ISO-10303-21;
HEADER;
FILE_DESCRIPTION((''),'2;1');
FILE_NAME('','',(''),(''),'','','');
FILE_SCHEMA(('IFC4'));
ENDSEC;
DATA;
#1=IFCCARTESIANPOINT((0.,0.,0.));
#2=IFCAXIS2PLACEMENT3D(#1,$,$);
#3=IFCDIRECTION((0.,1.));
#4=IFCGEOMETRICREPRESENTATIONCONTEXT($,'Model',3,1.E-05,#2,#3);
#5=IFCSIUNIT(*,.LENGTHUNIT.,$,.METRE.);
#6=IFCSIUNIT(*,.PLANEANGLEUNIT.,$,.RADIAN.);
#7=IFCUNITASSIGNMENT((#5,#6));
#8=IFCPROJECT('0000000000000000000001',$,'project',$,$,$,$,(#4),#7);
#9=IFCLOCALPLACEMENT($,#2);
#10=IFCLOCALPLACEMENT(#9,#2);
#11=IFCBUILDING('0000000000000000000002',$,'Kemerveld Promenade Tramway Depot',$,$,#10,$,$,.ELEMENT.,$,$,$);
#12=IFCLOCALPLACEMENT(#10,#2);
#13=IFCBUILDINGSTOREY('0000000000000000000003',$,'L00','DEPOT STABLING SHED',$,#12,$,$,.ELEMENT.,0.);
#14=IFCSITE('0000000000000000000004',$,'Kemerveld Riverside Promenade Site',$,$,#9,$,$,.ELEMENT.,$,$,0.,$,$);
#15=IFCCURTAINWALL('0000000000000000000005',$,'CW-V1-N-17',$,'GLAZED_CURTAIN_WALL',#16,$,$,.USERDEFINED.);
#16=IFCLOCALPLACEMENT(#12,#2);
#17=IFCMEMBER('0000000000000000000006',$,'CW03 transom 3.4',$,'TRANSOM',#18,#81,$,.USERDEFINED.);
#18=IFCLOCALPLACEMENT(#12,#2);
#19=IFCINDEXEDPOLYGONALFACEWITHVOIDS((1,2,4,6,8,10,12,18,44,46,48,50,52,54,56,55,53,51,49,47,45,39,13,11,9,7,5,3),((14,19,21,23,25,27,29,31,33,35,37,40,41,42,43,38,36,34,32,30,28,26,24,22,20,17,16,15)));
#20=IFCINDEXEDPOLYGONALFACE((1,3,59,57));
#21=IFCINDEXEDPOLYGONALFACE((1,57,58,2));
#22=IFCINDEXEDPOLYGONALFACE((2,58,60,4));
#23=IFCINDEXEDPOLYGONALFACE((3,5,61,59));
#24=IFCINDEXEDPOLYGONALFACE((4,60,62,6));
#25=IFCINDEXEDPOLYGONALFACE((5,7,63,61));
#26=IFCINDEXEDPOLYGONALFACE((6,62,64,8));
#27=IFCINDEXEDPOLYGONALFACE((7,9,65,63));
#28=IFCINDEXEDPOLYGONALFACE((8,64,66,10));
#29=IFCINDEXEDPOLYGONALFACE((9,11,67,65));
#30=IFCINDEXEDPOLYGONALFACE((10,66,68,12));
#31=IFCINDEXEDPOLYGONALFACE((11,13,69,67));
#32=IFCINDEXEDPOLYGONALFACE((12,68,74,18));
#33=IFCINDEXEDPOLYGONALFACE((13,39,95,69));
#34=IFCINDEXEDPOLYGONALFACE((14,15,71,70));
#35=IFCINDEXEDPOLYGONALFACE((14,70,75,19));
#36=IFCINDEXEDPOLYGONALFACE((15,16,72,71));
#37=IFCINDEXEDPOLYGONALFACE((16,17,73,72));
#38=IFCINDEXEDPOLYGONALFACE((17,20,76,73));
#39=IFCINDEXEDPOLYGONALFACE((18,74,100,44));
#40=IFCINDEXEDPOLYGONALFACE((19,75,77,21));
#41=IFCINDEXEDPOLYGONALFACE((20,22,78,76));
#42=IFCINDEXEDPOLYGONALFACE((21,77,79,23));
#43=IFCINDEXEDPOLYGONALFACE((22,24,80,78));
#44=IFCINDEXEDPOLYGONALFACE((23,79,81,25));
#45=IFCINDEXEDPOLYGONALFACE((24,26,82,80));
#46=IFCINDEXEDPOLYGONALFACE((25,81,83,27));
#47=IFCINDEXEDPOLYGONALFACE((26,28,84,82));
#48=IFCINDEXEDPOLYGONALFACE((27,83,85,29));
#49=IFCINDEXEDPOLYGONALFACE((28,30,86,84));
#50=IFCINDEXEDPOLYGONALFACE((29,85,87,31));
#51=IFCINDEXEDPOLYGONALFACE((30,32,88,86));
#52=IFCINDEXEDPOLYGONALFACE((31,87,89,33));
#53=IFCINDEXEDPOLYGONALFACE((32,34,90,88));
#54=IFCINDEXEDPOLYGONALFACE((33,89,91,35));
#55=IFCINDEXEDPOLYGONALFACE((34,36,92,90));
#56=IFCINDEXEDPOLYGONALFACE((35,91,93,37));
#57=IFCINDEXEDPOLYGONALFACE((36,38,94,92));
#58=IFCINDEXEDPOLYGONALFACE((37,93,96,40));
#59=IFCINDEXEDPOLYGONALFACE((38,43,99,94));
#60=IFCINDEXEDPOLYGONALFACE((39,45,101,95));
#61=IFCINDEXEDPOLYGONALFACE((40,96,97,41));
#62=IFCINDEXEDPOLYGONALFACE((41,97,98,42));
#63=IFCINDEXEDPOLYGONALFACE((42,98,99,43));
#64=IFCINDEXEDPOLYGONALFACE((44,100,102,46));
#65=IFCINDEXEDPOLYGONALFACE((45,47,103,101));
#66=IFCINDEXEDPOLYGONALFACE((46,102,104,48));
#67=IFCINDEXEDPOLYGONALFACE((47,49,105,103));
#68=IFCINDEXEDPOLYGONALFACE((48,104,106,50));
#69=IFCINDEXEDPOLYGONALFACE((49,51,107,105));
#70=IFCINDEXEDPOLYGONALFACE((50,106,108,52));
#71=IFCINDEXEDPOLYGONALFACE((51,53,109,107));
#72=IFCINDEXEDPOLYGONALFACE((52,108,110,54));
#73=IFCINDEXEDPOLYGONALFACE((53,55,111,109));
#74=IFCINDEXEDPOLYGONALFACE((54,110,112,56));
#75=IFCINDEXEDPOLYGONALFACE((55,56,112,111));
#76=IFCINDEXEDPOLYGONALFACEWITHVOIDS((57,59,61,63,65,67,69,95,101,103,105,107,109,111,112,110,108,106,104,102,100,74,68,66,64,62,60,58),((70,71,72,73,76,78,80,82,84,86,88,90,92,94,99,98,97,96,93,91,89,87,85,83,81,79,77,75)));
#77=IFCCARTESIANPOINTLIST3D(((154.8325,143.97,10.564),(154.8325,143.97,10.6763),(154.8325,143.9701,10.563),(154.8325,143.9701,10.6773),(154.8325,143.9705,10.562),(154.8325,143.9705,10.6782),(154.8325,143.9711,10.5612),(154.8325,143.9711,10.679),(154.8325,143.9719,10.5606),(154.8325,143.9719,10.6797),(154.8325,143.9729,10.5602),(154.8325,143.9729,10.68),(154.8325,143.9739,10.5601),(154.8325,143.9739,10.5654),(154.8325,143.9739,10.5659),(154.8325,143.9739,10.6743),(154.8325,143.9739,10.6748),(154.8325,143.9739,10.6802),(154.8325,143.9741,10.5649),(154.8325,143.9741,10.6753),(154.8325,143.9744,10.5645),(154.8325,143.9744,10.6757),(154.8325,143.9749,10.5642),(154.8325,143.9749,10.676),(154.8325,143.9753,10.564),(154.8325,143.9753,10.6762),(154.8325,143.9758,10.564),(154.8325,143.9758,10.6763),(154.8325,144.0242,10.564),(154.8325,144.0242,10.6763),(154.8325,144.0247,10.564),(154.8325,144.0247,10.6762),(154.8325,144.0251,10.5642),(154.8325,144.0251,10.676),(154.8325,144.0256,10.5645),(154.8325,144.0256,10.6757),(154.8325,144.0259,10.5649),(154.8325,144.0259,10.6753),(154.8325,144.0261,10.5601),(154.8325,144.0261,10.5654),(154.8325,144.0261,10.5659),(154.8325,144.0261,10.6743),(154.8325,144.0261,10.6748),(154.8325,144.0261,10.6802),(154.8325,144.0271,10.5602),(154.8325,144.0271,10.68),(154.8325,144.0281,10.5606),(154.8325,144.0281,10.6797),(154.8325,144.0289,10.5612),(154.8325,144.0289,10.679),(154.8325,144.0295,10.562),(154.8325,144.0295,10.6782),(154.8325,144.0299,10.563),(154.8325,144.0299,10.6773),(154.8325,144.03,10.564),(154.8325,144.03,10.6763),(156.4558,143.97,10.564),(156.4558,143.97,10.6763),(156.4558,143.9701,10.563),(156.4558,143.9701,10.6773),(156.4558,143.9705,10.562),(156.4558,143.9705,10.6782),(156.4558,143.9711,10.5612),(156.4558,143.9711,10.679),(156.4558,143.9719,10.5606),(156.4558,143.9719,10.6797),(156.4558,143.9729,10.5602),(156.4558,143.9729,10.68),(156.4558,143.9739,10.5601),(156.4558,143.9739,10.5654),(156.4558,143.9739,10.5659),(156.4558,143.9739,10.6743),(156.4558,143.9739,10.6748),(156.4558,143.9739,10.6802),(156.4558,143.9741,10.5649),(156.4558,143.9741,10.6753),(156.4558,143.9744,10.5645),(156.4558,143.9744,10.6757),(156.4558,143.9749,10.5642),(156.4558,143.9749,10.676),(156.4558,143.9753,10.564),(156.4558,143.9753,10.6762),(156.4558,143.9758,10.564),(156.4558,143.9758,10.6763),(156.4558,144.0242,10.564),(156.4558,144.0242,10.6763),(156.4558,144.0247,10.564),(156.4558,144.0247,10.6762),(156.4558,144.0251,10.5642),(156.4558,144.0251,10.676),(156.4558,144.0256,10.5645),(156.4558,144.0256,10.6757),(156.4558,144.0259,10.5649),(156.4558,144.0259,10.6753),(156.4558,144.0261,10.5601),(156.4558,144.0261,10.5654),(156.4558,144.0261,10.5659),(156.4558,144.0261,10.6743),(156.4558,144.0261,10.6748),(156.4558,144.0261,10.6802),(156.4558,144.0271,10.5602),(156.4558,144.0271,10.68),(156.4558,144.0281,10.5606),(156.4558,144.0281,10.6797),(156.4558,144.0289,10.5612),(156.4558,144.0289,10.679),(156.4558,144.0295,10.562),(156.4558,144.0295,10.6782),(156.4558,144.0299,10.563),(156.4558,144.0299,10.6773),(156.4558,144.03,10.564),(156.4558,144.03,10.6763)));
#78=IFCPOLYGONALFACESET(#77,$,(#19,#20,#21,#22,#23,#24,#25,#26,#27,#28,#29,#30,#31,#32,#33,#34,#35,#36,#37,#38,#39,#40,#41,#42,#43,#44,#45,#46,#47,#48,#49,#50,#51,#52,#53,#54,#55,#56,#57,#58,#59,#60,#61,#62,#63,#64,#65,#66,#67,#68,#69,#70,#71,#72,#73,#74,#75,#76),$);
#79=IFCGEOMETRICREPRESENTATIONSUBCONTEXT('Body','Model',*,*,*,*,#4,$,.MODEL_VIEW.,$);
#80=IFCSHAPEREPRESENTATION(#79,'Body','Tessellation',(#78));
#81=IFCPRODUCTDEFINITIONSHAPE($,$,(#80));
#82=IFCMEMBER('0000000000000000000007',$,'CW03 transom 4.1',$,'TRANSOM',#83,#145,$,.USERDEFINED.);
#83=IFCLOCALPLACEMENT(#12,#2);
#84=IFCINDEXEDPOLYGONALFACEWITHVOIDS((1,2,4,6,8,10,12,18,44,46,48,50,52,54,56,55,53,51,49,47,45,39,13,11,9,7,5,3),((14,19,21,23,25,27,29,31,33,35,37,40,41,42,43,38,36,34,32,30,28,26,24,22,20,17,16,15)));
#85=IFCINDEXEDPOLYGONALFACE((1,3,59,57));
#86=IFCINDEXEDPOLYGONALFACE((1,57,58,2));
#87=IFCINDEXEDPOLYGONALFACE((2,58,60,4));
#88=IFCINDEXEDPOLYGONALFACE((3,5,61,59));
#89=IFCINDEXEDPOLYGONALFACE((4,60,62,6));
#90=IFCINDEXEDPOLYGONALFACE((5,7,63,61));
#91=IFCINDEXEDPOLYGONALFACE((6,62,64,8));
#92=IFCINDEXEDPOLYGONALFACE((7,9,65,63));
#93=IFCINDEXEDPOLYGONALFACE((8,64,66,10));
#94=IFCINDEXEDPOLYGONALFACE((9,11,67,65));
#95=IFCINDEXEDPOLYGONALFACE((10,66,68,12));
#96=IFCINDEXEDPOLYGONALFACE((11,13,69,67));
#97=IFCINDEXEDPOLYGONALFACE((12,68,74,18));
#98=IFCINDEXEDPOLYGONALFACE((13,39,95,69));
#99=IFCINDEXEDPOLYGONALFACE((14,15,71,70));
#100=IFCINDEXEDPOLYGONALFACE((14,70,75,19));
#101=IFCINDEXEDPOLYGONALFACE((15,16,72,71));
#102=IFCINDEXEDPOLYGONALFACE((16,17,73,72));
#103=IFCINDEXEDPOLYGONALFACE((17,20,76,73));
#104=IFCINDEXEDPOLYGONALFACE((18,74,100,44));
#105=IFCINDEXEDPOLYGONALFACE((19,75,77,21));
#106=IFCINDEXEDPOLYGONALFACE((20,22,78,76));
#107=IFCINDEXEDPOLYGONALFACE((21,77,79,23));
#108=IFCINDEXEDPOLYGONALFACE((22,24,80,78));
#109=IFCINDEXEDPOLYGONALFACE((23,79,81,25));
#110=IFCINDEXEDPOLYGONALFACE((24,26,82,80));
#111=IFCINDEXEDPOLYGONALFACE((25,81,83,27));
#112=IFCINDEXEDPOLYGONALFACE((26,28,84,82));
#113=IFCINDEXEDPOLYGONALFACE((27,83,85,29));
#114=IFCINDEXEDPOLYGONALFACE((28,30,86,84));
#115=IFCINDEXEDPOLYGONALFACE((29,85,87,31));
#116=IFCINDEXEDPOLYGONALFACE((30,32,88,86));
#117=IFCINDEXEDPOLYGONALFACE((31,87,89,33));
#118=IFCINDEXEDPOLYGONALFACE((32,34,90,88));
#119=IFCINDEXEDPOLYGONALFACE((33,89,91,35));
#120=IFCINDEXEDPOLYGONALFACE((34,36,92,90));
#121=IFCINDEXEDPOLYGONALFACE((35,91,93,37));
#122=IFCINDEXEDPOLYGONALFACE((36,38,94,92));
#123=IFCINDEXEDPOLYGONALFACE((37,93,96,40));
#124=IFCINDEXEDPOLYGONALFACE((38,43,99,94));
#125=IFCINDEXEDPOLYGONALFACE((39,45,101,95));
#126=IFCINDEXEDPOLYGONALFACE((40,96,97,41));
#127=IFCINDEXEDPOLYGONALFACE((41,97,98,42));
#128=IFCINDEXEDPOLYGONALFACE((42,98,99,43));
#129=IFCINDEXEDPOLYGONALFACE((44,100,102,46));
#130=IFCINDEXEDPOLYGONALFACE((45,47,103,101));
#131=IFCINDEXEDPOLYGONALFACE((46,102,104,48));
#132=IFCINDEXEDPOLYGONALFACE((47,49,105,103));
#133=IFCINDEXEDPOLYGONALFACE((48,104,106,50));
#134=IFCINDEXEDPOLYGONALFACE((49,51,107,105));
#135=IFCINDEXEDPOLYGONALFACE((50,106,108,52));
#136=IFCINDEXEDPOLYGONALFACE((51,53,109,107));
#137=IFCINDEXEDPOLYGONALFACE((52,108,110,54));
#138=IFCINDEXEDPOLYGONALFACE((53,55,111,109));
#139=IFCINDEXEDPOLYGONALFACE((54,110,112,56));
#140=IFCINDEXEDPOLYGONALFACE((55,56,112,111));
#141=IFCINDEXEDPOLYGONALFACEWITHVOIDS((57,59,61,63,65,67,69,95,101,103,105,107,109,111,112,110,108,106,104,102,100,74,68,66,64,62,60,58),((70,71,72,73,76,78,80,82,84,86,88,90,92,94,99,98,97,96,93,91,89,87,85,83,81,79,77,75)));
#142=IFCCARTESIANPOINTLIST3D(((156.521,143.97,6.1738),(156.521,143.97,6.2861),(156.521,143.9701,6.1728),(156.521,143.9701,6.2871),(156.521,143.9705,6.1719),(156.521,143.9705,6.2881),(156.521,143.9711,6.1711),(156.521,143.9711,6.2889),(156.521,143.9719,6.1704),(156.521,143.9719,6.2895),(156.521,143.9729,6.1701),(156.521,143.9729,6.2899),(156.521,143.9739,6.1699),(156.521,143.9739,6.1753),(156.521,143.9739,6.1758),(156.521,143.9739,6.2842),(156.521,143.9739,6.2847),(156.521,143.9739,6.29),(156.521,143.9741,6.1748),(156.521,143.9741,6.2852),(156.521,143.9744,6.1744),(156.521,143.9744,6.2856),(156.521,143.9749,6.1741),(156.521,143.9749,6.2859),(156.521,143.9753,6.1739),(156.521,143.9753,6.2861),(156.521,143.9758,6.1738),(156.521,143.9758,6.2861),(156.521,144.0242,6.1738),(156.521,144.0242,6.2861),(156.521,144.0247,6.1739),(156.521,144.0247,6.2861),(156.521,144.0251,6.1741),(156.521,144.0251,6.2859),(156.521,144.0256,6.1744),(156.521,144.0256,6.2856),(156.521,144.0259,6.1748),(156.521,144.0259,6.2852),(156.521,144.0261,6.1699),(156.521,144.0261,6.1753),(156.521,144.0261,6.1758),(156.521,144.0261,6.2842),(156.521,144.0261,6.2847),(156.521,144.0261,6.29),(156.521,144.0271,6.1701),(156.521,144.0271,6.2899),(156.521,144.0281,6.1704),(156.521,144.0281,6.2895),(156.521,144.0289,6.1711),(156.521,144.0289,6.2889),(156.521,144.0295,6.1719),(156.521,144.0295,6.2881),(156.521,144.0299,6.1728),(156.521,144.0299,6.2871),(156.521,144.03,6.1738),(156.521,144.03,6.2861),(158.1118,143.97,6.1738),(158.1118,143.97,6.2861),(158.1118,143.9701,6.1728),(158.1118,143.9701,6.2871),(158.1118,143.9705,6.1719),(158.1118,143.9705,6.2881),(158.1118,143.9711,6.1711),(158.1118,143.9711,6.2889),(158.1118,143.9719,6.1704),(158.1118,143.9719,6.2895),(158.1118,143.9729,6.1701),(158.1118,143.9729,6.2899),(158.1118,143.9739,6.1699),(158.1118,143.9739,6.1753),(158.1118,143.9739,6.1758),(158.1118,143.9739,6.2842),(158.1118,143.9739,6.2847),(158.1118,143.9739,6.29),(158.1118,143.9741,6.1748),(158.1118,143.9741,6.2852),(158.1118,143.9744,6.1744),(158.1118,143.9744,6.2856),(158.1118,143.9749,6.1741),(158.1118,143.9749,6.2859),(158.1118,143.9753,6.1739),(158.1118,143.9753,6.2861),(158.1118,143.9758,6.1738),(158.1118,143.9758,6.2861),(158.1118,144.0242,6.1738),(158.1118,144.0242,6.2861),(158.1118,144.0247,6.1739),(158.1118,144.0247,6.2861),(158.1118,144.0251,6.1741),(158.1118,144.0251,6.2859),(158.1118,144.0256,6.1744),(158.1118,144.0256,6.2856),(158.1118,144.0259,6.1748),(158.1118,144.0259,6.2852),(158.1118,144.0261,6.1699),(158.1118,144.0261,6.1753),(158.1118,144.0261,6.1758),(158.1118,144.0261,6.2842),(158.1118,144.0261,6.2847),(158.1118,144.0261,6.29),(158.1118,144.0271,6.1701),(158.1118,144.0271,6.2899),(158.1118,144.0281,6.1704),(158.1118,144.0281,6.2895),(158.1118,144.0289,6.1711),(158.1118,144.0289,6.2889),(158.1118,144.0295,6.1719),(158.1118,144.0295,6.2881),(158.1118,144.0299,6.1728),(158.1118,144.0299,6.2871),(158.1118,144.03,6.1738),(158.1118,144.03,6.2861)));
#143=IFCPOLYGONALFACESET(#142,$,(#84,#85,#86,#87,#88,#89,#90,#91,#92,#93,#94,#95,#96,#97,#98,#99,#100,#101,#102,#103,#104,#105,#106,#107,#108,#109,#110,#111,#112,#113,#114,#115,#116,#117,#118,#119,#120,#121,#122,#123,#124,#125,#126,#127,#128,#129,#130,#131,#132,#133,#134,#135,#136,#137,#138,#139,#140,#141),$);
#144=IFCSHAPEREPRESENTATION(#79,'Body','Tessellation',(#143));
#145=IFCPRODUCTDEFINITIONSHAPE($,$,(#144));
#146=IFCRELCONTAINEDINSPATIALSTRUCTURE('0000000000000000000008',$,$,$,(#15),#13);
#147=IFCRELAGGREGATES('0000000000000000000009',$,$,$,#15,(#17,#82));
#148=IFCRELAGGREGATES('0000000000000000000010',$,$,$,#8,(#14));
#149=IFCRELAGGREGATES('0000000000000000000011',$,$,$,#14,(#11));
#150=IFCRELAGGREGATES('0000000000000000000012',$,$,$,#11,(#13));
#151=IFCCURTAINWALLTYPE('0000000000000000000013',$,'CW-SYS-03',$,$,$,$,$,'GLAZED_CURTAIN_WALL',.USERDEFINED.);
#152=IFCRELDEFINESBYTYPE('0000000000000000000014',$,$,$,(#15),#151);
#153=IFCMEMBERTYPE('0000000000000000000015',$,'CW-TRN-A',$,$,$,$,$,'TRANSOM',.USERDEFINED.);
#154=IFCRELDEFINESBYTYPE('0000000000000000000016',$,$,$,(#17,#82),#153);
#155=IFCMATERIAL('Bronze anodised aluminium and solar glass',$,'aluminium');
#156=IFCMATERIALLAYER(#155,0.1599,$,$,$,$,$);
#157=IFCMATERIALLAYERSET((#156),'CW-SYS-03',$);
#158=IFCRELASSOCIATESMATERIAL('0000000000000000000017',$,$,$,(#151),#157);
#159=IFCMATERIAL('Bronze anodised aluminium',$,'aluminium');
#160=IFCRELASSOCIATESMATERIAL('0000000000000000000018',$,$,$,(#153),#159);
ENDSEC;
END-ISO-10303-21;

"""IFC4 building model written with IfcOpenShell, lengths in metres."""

from ifc_helpers import new_model, si_unit, direction, frame, origin, origin_2d, place, context, subcontext, project, spatial, hollow_rectangle, extrude, material, layer, layer_set, material_profile, profile_set, type_object, element, aggregate, save


model = new_model("IFC4")

# Units and contexts
model_context = context("Model", 3, precision=1e-05, world=origin(), true_north=direction((0.0, 1.0)))
body_context = subcontext(model_context, "Body", "Model", "MODEL_VIEW")
ifc_project = project(units=[si_unit("LENGTHUNIT", "METRE"), si_unit("PLANEANGLEUNIT", "RADIAN")], contexts=[model_context])

# Site, building, storey
site_placement = place(None, origin())
site = spatial("IfcSite", under=ifc_project, at=site_placement, Name="Kemerveld Riverside Promenade Site", CompositionType="ELEMENT", RefElevation=0.0)
building_placement = place(site_placement, origin())
building = spatial("IfcBuilding", under=site, at=building_placement, Name="Kemerveld Promenade Tramway Depot", CompositionType="ELEMENT")
storey_placement = place(building_placement, origin())
storey = spatial("IfcBuildingStorey", under=building, at=storey_placement, Name="L00", Description="DEPOT STABLING SHED", CompositionType="ELEMENT", Elevation=0.0)

# Curtain wall, members
ifc_material_1 = material(Name="Bronze anodised aluminium and solar glass", Category="aluminium")
ifc_layer_1 = layer(ifc_material_1, 0.1599)
ifc_layer_set_1 = layer_set([ifc_layer_1], Name="CW-SYS-03")
curtain_wall_type = type_object("IfcCurtainWallType", Name="CW-SYS-03", ElementType="GLAZED_CURTAIN_WALL", PredefinedType="USERDEFINED", material=ifc_layer_set_1)
curtain_wall_placement = place(storey_placement, origin())
curtain_wall = element("IfcCurtainWall", 1, at=curtain_wall_placement, inside=storey, type_object=curtain_wall_type, Name="CW-V1-N-17", ObjectType="GLAZED_CURTAIN_WALL", PredefinedType="USERDEFINED")
ifc_material_2 = material(Name="Bronze anodised aluminium", Category="aluminium")
ifc_material_profile_1 = material_profile(ifc_material_2, hollow_rectangle(XDim=0.0601, YDim=0.1201, WallThickness=0.0039, InnerFilletRadius=0.002, OuterFilletRadius=0.0039, at=origin_2d()), Name="CW-TRN-120x60")
ifc_profile_set_1 = profile_set([ifc_material_profile_1], Name="Bronze anodised aluminium")
member_type_1 = type_object("IfcMemberType", Name="CW-TRN-A", ElementType="TRANSOM", PredefinedType="USERDEFINED", material=ifc_profile_set_1)
member_1_placement = place(storey_placement, frame((154.8325, 144.0, 10.6201), z_axis=(1.0, 0.0, 0.0), x_axis=(0.0, 1.0, 0.0)))
member_1 = element("IfcMember", 2, at=member_1_placement, type_object=member_type_1, Name="CW03 transom 3.4", ObjectType="TRANSOM", PredefinedType="USERDEFINED", context=body_context, shape_type="SweptSolid", body=[
    extrude(hollow_rectangle(XDim=0.0601, YDim=0.1201, WallThickness=0.0039, InnerFilletRadius=0.002, OuterFilletRadius=0.0039, at=origin_2d()), origin(), (0.0, 0.0, 1.0), 1.6233),
])
member_2_placement = place(storey_placement, frame((156.521, 144.0, 6.23), z_axis=(1.0, 0.0, 0.0), x_axis=(0.0, 1.0, 0.0)))
member_2 = element("IfcMember", 3, at=member_2_placement, type_object=member_type_1, Name="CW03 transom 4.1", ObjectType="TRANSOM", PredefinedType="USERDEFINED", context=body_context, shape_type="SweptSolid", body=[
    extrude(hollow_rectangle(XDim=0.0601, YDim=0.1201, WallThickness=0.0039, InnerFilletRadius=0.002, OuterFilletRadius=0.0039, at=origin_2d()), origin(), (0.0, 0.0, 1.0), 1.5908),
])
aggregate(curtain_wall, [member_1, member_2])

save(model, "model.ifc")
